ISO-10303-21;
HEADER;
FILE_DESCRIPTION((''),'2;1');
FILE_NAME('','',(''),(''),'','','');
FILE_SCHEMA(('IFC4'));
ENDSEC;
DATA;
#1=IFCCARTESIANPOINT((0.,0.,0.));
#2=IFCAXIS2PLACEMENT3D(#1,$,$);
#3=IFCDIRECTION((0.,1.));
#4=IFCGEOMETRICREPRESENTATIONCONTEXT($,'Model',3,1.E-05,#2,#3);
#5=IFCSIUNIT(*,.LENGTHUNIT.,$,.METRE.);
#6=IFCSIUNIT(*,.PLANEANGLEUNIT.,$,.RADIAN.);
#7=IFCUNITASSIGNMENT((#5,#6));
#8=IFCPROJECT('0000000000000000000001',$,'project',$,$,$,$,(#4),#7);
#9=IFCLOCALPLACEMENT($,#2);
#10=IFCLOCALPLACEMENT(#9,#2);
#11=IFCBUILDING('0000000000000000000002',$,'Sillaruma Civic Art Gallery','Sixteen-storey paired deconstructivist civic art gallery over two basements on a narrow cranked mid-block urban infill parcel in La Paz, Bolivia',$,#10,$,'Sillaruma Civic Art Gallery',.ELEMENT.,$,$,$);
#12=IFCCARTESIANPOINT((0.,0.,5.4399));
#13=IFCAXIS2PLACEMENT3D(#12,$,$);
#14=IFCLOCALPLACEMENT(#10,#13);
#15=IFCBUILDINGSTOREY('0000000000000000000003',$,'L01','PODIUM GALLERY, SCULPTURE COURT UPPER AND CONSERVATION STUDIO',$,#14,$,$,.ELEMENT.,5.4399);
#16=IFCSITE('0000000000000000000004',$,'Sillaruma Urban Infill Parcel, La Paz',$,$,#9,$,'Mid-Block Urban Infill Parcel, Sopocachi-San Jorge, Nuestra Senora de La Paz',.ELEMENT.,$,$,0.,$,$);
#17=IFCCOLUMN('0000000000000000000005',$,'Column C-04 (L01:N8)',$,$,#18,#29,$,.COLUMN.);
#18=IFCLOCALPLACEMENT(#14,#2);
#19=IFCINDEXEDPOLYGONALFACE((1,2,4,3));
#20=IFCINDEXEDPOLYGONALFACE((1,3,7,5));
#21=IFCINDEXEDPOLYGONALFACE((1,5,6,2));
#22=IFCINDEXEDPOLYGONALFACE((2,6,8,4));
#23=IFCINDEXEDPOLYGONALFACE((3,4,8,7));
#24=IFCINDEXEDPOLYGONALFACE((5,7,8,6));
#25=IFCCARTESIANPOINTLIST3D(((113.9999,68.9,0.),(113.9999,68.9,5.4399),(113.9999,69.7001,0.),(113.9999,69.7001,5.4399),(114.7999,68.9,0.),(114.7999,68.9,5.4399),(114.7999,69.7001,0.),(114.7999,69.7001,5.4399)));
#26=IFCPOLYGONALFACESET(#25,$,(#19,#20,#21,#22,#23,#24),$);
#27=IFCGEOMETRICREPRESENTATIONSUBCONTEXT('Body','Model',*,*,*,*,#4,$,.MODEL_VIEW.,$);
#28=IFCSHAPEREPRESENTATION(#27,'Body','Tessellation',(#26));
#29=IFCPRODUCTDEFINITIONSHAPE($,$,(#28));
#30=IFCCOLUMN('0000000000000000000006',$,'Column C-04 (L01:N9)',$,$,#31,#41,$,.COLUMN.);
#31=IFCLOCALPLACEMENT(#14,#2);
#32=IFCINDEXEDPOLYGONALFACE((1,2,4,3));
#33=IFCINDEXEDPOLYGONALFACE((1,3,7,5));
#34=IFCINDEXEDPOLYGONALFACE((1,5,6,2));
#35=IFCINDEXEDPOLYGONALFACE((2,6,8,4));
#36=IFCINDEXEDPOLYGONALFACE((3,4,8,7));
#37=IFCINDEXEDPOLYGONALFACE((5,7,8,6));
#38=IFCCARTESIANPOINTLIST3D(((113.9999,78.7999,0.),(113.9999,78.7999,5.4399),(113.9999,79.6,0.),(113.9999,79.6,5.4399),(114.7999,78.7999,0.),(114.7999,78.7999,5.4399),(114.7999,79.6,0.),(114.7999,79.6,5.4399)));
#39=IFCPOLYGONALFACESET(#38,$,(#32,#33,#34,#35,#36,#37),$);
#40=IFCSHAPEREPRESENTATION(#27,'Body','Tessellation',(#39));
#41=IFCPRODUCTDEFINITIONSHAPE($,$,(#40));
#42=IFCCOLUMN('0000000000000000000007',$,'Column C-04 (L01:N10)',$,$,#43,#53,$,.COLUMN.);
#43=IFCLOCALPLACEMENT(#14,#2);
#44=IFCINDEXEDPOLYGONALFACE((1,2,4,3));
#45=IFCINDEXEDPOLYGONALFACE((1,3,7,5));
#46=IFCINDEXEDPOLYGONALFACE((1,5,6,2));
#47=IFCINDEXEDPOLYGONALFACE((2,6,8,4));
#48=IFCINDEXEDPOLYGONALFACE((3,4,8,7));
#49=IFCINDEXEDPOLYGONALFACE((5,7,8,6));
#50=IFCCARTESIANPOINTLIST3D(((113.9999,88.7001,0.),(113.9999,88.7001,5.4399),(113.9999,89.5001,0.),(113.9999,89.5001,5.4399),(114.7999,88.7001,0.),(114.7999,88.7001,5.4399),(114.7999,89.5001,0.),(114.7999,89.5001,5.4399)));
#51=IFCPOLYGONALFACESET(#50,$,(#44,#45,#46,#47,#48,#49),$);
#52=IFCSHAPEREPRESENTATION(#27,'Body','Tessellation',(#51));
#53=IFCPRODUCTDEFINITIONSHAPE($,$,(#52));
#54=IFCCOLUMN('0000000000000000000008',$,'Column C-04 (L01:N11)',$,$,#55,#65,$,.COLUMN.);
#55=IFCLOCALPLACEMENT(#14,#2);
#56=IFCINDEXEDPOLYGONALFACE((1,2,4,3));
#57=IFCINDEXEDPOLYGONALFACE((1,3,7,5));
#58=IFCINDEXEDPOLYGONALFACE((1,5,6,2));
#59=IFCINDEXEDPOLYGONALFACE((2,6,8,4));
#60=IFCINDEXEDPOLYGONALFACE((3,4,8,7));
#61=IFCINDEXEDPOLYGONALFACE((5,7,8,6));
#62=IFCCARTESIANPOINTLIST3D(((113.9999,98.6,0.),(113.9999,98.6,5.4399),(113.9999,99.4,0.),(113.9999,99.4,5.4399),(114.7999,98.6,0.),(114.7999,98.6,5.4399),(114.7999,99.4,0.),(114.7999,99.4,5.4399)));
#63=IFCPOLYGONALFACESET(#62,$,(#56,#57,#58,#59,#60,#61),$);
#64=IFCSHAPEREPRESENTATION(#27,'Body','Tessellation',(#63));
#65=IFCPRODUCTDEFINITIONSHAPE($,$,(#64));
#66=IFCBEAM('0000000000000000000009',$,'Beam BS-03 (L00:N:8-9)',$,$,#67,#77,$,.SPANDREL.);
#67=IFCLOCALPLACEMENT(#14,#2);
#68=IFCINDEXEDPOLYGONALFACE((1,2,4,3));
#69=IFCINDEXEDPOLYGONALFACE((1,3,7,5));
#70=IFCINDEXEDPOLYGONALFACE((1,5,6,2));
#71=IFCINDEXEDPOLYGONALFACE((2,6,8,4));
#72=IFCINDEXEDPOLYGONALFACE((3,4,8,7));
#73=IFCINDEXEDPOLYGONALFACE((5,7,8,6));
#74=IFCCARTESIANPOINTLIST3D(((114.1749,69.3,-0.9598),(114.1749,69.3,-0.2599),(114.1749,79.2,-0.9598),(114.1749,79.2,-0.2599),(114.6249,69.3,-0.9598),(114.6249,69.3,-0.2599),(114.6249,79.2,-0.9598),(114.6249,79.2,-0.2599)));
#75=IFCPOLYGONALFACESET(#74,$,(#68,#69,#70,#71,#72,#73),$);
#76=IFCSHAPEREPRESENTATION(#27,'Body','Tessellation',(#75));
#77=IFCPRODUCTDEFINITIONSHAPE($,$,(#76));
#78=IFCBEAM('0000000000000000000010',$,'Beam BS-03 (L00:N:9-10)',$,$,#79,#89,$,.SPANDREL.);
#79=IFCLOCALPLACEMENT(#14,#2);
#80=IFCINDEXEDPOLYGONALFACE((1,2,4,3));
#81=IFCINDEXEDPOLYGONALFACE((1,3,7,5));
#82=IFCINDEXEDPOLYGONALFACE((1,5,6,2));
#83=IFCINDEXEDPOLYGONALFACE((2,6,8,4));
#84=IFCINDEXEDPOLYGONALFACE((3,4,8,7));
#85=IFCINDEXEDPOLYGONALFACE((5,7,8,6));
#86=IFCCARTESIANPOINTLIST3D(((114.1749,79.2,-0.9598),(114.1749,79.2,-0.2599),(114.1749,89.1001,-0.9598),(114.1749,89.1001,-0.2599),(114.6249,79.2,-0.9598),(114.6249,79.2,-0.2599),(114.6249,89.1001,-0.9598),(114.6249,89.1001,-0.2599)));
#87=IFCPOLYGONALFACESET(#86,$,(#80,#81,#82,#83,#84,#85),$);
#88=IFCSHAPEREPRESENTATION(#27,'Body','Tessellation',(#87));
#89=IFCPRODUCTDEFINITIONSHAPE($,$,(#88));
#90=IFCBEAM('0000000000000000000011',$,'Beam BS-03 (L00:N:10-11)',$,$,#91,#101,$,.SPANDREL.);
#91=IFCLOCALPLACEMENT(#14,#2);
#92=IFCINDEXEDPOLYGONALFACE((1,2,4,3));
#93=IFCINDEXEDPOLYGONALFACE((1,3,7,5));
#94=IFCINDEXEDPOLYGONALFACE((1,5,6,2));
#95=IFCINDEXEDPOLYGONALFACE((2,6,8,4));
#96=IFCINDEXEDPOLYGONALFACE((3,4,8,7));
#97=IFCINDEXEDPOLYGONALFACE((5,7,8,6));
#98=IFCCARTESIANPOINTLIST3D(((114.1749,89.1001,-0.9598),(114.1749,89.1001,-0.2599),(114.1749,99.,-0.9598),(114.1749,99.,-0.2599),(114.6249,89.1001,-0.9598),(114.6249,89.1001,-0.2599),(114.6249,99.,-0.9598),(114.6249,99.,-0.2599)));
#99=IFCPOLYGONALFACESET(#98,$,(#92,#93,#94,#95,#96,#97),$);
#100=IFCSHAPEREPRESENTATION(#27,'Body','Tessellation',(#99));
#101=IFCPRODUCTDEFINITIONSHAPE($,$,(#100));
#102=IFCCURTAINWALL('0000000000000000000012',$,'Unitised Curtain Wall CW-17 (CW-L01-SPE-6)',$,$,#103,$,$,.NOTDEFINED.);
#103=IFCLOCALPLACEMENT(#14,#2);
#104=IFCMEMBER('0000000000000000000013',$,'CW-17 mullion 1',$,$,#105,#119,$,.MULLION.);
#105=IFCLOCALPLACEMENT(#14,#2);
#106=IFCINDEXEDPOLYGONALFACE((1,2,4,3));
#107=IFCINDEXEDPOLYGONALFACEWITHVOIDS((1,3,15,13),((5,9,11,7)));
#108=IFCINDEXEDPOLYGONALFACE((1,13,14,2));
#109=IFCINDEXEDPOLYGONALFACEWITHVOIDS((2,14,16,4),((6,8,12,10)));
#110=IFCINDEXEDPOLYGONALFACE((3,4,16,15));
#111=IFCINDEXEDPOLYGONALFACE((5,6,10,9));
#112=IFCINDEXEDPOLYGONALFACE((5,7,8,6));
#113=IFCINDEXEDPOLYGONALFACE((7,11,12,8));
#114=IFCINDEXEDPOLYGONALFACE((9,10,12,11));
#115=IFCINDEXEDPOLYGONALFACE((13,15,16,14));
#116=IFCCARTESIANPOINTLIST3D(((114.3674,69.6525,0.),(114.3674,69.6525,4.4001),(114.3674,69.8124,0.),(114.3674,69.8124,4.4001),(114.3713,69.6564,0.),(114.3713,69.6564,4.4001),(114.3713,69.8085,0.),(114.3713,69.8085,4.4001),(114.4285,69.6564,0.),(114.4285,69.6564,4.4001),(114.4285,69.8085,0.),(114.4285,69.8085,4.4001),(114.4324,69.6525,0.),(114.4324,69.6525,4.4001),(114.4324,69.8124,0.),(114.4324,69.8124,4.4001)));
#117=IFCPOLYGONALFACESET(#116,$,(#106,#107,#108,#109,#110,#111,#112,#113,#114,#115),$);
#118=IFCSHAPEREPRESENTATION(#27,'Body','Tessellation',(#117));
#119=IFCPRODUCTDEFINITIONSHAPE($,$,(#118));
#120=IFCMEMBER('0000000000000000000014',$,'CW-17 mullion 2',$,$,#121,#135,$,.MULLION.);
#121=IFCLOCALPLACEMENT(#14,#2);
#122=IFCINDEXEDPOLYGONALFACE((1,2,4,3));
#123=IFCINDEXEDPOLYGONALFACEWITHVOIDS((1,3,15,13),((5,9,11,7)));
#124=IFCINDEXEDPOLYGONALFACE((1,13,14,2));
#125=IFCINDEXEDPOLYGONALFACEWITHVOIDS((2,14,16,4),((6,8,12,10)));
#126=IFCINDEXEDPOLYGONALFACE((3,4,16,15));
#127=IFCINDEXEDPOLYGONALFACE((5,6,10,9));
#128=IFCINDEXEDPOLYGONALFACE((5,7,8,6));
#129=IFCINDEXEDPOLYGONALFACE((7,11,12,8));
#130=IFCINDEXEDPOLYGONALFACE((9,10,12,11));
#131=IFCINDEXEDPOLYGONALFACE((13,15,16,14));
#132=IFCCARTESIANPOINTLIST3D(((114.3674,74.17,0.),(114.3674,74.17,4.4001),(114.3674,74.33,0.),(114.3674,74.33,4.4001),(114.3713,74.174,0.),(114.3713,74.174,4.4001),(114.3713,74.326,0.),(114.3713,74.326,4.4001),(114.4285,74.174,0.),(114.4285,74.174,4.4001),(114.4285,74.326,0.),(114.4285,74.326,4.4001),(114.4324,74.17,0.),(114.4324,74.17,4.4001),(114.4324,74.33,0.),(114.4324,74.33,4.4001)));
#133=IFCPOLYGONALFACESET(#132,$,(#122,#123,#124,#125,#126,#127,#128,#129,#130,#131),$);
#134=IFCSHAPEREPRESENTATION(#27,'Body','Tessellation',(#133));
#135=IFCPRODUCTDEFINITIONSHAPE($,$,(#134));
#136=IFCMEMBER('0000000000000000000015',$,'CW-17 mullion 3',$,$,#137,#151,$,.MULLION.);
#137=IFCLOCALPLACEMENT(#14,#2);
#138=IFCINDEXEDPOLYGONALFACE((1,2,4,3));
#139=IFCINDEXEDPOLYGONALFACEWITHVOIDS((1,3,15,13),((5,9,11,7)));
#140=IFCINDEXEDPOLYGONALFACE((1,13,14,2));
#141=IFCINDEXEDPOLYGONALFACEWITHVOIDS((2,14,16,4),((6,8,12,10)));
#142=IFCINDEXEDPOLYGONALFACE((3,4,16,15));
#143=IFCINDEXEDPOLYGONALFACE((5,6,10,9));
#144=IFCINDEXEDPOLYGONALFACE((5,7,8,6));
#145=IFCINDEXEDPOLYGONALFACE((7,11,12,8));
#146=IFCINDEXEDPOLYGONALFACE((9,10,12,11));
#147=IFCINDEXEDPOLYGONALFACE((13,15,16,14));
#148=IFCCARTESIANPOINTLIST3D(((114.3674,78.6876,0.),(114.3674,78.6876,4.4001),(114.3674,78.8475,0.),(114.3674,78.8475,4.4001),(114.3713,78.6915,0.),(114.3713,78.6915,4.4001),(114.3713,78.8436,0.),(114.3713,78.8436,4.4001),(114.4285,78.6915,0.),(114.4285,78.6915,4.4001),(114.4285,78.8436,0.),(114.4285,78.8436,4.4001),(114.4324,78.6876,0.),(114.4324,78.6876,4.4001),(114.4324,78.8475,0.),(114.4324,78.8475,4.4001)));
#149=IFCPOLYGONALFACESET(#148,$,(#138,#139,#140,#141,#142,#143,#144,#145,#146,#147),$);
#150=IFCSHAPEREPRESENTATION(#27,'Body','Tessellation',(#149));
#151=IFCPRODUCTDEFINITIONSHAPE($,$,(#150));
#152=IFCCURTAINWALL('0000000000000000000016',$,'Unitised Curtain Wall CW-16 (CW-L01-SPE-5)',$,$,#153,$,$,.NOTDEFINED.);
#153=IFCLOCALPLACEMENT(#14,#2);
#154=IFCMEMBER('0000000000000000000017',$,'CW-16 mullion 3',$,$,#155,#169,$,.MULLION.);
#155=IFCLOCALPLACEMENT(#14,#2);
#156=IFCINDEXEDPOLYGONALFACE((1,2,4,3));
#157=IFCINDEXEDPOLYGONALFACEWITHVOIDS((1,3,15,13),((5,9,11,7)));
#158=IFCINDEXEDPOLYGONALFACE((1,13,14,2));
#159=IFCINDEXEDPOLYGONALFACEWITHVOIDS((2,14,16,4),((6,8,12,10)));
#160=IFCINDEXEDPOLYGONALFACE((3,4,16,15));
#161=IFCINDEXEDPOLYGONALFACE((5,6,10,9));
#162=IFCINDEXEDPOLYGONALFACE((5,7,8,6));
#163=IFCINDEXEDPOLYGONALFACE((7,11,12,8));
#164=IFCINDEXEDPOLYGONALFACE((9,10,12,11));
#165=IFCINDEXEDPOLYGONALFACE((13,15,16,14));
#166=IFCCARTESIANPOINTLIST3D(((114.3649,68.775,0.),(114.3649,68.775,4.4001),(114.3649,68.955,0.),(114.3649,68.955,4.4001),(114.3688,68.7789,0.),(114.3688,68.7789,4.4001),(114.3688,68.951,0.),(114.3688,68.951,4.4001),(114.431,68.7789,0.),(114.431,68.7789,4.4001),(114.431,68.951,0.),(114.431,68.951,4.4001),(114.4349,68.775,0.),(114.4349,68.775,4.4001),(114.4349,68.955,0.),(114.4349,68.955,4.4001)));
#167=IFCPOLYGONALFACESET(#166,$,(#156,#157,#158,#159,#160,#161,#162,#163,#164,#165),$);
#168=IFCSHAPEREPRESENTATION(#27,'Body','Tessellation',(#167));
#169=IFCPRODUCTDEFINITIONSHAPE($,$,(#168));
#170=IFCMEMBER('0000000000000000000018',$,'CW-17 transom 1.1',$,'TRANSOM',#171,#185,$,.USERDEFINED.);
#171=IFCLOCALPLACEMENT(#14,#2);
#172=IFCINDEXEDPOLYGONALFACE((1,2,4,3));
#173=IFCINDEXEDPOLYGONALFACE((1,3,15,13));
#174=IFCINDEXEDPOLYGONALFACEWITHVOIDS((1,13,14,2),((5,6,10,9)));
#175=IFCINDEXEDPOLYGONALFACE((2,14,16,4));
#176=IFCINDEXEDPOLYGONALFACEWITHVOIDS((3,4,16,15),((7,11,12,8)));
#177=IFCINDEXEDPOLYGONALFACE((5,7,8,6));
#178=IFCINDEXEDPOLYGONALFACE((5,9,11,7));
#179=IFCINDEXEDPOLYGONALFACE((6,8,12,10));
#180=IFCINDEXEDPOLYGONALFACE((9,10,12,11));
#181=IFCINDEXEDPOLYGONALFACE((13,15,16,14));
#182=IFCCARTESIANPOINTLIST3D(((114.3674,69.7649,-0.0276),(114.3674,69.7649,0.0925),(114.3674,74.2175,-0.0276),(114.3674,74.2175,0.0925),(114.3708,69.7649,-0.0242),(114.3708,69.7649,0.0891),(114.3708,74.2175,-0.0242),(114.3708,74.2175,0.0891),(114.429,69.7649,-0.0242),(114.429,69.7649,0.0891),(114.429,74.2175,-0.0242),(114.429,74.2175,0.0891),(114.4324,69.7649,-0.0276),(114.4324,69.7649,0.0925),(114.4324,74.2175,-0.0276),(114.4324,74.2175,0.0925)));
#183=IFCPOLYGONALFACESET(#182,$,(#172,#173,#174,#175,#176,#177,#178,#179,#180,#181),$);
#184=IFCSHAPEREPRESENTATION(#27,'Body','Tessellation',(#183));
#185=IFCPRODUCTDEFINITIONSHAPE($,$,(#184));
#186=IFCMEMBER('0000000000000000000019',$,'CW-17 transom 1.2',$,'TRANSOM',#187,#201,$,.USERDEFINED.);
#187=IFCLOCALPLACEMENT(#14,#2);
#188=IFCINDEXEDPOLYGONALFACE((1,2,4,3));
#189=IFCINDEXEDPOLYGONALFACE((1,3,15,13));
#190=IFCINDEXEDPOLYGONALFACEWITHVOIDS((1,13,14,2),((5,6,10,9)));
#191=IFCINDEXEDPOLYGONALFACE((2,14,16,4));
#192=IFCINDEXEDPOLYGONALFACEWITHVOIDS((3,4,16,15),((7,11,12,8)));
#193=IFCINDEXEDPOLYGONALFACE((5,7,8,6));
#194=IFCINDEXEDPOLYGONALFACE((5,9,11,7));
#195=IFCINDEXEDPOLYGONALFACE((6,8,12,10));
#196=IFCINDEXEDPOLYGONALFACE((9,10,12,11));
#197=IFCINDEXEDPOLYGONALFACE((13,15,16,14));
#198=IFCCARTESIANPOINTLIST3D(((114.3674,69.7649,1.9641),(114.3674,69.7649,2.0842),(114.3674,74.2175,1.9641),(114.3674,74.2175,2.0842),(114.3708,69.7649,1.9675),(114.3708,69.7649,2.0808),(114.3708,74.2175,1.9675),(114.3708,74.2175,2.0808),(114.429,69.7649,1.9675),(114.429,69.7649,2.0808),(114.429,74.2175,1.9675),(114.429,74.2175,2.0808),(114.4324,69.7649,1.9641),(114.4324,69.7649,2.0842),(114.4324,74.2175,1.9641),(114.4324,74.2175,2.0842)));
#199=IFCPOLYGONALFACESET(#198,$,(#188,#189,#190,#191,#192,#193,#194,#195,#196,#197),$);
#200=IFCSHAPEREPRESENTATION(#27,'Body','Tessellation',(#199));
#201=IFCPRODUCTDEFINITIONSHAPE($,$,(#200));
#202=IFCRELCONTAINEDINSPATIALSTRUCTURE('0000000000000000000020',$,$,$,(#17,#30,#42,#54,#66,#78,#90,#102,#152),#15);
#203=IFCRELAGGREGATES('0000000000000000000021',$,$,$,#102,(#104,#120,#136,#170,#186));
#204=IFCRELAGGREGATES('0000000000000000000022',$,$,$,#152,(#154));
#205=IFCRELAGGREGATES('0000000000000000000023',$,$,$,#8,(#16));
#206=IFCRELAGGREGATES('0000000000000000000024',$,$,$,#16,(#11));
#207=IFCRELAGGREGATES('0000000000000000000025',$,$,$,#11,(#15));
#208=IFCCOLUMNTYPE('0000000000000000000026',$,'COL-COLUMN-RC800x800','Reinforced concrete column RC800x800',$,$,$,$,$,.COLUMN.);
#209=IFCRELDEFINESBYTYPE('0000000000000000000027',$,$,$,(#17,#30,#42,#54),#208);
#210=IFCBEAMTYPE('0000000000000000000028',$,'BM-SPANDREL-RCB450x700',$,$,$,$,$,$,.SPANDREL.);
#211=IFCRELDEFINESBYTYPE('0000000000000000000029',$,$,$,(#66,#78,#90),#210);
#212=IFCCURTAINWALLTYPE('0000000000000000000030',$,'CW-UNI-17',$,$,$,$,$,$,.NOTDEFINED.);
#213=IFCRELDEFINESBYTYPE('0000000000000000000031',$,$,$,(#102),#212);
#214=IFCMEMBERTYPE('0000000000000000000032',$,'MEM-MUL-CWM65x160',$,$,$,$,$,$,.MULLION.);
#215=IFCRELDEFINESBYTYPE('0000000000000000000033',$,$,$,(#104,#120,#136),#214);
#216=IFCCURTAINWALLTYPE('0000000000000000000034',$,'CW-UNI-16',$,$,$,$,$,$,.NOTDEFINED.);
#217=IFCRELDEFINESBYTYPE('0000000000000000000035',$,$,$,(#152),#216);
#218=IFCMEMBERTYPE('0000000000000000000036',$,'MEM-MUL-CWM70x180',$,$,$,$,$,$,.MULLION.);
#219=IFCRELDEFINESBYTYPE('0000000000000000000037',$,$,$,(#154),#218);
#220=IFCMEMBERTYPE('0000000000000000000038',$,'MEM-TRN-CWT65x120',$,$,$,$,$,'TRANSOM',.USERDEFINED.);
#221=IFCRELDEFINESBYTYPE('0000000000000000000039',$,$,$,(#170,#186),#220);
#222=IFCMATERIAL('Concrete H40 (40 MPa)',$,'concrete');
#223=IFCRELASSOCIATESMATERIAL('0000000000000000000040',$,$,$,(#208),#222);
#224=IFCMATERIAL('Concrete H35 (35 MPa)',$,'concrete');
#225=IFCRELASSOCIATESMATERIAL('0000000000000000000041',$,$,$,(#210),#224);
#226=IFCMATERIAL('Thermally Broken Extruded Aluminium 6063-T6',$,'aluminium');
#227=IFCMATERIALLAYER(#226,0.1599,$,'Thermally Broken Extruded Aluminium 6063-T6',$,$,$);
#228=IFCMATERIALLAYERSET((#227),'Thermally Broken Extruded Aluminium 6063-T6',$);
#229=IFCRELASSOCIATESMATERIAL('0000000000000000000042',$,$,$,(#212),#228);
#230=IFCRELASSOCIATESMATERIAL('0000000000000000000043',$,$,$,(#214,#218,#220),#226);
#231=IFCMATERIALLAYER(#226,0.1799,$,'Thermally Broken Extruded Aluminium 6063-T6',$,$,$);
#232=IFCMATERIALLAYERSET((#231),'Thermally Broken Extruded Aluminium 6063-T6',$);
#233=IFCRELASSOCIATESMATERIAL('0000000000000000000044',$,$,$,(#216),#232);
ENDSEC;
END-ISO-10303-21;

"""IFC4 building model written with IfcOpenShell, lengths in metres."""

from ifc_helpers import new_model, si_unit, direction, frame, origin, origin_2d, place, context, subcontext, project, spatial, rectangle, hollow_rectangle, extrude, material, layer, layer_set, material_profile, profile_set, type_object, element, aggregate, save


model = new_model("IFC4")

# Units and contexts
model_context = context("Model", 3, precision=1e-05, world=origin(), true_north=direction((0.0, 1.0)))
body_context = subcontext(model_context, "Body", "Model", "MODEL_VIEW")
ifc_project = project(units=[si_unit("LENGTHUNIT", "METRE"), si_unit("PLANEANGLEUNIT", "RADIAN")], contexts=[model_context])

# Site, building, storey
site_placement = place(None, origin())
site = spatial("IfcSite", under=ifc_project, at=site_placement, Name="Sillaruma Urban Infill Parcel, La Paz", LongName="Mid-Block Urban Infill Parcel, Sopocachi-San Jorge, Nuestra Senora de La Paz", CompositionType="ELEMENT", RefElevation=0.0)
building_placement = place(site_placement, origin())
building = spatial("IfcBuilding", under=site, at=building_placement, Name="Sillaruma Civic Art Gallery", Description="Sixteen-storey paired deconstructivist civic art gallery over two basements on a narrow cranked mid-block urban infill parcel in La Paz, Bolivia", LongName="Sillaruma Civic Art Gallery", CompositionType="ELEMENT")
storey_placement = place(building_placement, frame((0.0, 0.0, 5.4399)))
storey = spatial("IfcBuildingStorey", under=building, at=storey_placement, Name="L01", Description="PODIUM GALLERY, SCULPTURE COURT UPPER AND CONSERVATION STUDIO", CompositionType="ELEMENT", Elevation=5.4399)

# Columns
ifc_material_1 = material(Name="Concrete H40 (40 MPa)", Category="concrete")
ifc_material_profile_1 = material_profile(ifc_material_1, rectangle(XDim=0.8, YDim=0.8, at=origin_2d()), Name="RC800x800")
ifc_profile_set_1 = profile_set([ifc_material_profile_1], Name="Concrete H40 (40 MPa)")
column_type = type_object("IfcColumnType", Name="COL-COLUMN-RC800x800", Description="Reinforced concrete column RC800x800", PredefinedType="COLUMN", material=ifc_profile_set_1)
for number, where, z_axis, x_axis, name in (
    (1, (114.3999, 69.3, 0.0), (0.0, 0.0, 1.0), (1.0, 0.0, 0.0), "Column C-04 (L01:N8)"),
    (2, (114.3999, 79.2, 0.0), (0.0, 0.0, 1.0), (1.0, 0.0, 0.0), "Column C-04 (L01:N9)"),
    (3, (114.3999, 89.1001, 0.0), (0.0, 0.0, 1.0), (1.0, 0.0, 0.0), "Column C-04 (L01:N10)"),
    (4, (114.3999, 99.0, 0.0), (0.0, 0.0, 1.0), (1.0, 0.0, 0.0), "Column C-04 (L01:N11)"),
):
    element("IfcColumn", number, at=place(storey_placement, frame(where, z_axis=z_axis, x_axis=x_axis)), inside=storey, type_object=column_type, Name=name, PredefinedType="COLUMN", context=body_context, shape_type="SweptSolid", body=[
        extrude(rectangle(XDim=0.8, YDim=0.8, at=origin_2d()), origin(), (0.0, 0.0, 1.0), 5.4399),
    ])

# Beams
ifc_material_2 = material(Name="Concrete H35 (35 MPa)", Category="concrete")
ifc_material_profile_2 = material_profile(ifc_material_2, rectangle(XDim=0.45, YDim=0.7, at=origin_2d()), Name="RCB450x700")
ifc_profile_set_2 = profile_set([ifc_material_profile_2], Name="Concrete H35 (35 MPa)")
beam_type = type_object("IfcBeamType", Name="BM-SPANDREL-RCB450x700", PredefinedType="SPANDREL", material=ifc_profile_set_2)
beam_1_placement = place(storey_placement, frame((114.3999, 69.3, -0.6099), z_axis=(0.0, 1.0, 0.0), x_axis=(-1.0, 0.0, 0.0)))
element("IfcBeam", 5, at=beam_1_placement, inside=storey, type_object=beam_type, Name="Beam BS-03 (L00:N:8-9)", PredefinedType="SPANDREL", context=body_context, shape_type="SweptSolid", body=[
    extrude(rectangle(XDim=0.45, YDim=0.7, at=origin_2d()), origin(), (0.0, 0.0, 1.0), 9.8999),
])
beam_2_placement = place(storey_placement, frame((114.3999, 79.2, -0.6099), z_axis=(0.0, 1.0, 0.0), x_axis=(-1.0, 0.0, 0.0)))
element("IfcBeam", 6, at=beam_2_placement, inside=storey, type_object=beam_type, Name="Beam BS-03 (L00:N:9-10)", PredefinedType="SPANDREL", context=body_context, shape_type="SweptSolid", body=[
    extrude(rectangle(XDim=0.45, YDim=0.7, at=origin_2d()), origin(), (0.0, 0.0, 1.0), 9.9001),
])
beam_3_placement = place(storey_placement, frame((114.3999, 89.1001, -0.6099), z_axis=(0.0, 1.0, 0.0), x_axis=(-1.0, 0.0, 0.0)))
element("IfcBeam", 7, at=beam_3_placement, inside=storey, type_object=beam_type, Name="Beam BS-03 (L00:N:10-11)", PredefinedType="SPANDREL", context=body_context, shape_type="SweptSolid", body=[
    extrude(rectangle(XDim=0.45, YDim=0.7, at=origin_2d()), origin(), (0.0, 0.0, 1.0), 9.8999),
])

# Curtain wall, members
ifc_material_3 = material(Name="Thermally Broken Extruded Aluminium 6063-T6", Category="aluminium")
ifc_layer_1 = layer(ifc_material_3, 0.1599, Name="Thermally Broken Extruded Aluminium 6063-T6")
ifc_layer_set_1 = layer_set([ifc_layer_1], Name="Thermally Broken Extruded Aluminium 6063-T6")
curtain_wall_type_1 = type_object("IfcCurtainWallType", Name="CW-UNI-17", PredefinedType="NOTDEFINED", material=ifc_layer_set_1)
curtain_wall_1_placement = place(storey_placement, origin())
curtain_wall_1 = element("IfcCurtainWall", 8, at=curtain_wall_1_placement, inside=storey, type_object=curtain_wall_type_1, Name="Unitised Curtain Wall CW-17 (CW-L01-SPE-6)", PredefinedType="NOTDEFINED")
ifc_material_profile_3 = material_profile(ifc_material_3, hollow_rectangle(XDim=0.0649, YDim=0.1599, WallThickness=0.0039, at=origin_2d()), Name="CWM65x160")
ifc_profile_set_3 = profile_set([ifc_material_profile_3], Name="Thermally Broken Extruded Aluminium 6063-T6")
member_type_1 = type_object("IfcMemberType", Name="MEM-MUL-CWM65x160", PredefinedType="MULLION", material=ifc_profile_set_3)
member_1_placement = place(storey_placement, frame((114.3999, 69.7324, 0.0), z_axis=(0.0, 0.0, 1.0), x_axis=(-1.0, 0.0, 0.0)))
member_1 = element("IfcMember", 9, at=member_1_placement, type_object=member_type_1, Name="CW-17 mullion 1", PredefinedType="MULLION", context=body_context, shape_type="SweptSolid", body=[
    extrude(hollow_rectangle(XDim=0.0649, YDim=0.1599, WallThickness=0.0039, at=origin_2d()), origin(), (0.0, 0.0, 1.0), 4.4001),
])
member_2_placement = place(storey_placement, frame((114.3999, 74.25, 0.0), z_axis=(0.0, 0.0, 1.0), x_axis=(-1.0, 0.0, 0.0)))
member_2 = element("IfcMember", 10, at=member_2_placement, type_object=member_type_1, Name="CW-17 mullion 2", PredefinedType="MULLION", context=body_context, shape_type="SweptSolid", body=[
    extrude(hollow_rectangle(XDim=0.0649, YDim=0.1599, WallThickness=0.0039, at=origin_2d()), origin(), (0.0, 0.0, 1.0), 4.4001),
])
member_3_placement = place(storey_placement, frame((114.3999, 78.7676, 0.0), z_axis=(0.0, 0.0, 1.0), x_axis=(-1.0, 0.0, 0.0)))
member_3 = element("IfcMember", 11, at=member_3_placement, type_object=member_type_1, Name="CW-17 mullion 3", PredefinedType="MULLION", context=body_context, shape_type="SweptSolid", body=[
    extrude(hollow_rectangle(XDim=0.0649, YDim=0.1599, WallThickness=0.0039, at=origin_2d()), origin(), (0.0, 0.0, 1.0), 4.4001),
])

# Curtain wall, member
ifc_layer_2 = layer(ifc_material_3, 0.1799, Name="Thermally Broken Extruded Aluminium 6063-T6")
ifc_layer_set_2 = layer_set([ifc_layer_2], Name="Thermally Broken Extruded Aluminium 6063-T6")
curtain_wall_type_2 = type_object("IfcCurtainWallType", Name="CW-UNI-16", PredefinedType="NOTDEFINED", material=ifc_layer_set_2)
curtain_wall_2_placement = place(storey_placement, origin())
curtain_wall_2 = element("IfcCurtainWall", 12, at=curtain_wall_2_placement, inside=storey, type_object=curtain_wall_type_2, Name="Unitised Curtain Wall CW-16 (CW-L01-SPE-5)", PredefinedType="NOTDEFINED")
ifc_material_profile_4 = material_profile(ifc_material_3, hollow_rectangle(XDim=0.0701, YDim=0.1799, WallThickness=0.0039, at=origin_2d()), Name="CWM70x180")
ifc_profile_set_4 = profile_set([ifc_material_profile_4], Name="Thermally Broken Extruded Aluminium 6063-T6")
member_type_2 = type_object("IfcMemberType", Name="MEM-MUL-CWM70x180", PredefinedType="MULLION", material=ifc_profile_set_4)
member_4_placement = place(storey_placement, frame((114.3999, 68.865, 0.0), z_axis=(0.0, 0.0, 1.0), x_axis=(-1.0, 0.0, 0.0)))
member_4 = element("IfcMember", 13, at=member_4_placement, type_object=member_type_2, Name="CW-16 mullion 3", PredefinedType="MULLION", context=body_context, shape_type="SweptSolid", body=[
    extrude(hollow_rectangle(XDim=0.0701, YDim=0.1799, WallThickness=0.0039, at=origin_2d()), origin(), (0.0, 0.0, 1.0), 4.4001),
])

# Members
ifc_material_profile_5 = material_profile(ifc_material_3, hollow_rectangle(XDim=0.0649, YDim=0.1201, WallThickness=0.0034, at=origin_2d()), Name="CWT65x120")
ifc_profile_set_5 = profile_set([ifc_material_profile_5], Name="Thermally Broken Extruded Aluminium 6063-T6")
member_type_3 = type_object("IfcMemberType", Name="MEM-TRN-CWT65x120", ElementType="TRANSOM", PredefinedType="USERDEFINED", material=ifc_profile_set_5)
member_5_placement = place(storey_placement, frame((114.3999, 69.7649, 0.0325), z_axis=(0.0, 1.0, 0.0), x_axis=(-1.0, 0.0, 0.0)))
member_5 = element("IfcMember", 14, at=member_5_placement, type_object=member_type_3, Name="CW-17 transom 1.1", ObjectType="TRANSOM", PredefinedType="USERDEFINED", context=body_context, shape_type="SweptSolid", body=[
    extrude(hollow_rectangle(XDim=0.0649, YDim=0.1201, WallThickness=0.0034, at=origin_2d()), origin(), (0.0, 0.0, 1.0), 4.4526),
])
member_6_placement = place(storey_placement, frame((114.3999, 69.7649, 2.0242), z_axis=(0.0, 1.0, 0.0), x_axis=(-1.0, 0.0, 0.0)))
member_6 = element("IfcMember", 15, at=member_6_placement, type_object=member_type_3, Name="CW-17 transom 1.2", ObjectType="TRANSOM", PredefinedType="USERDEFINED", context=body_context, shape_type="SweptSolid", body=[
    extrude(hollow_rectangle(XDim=0.0649, YDim=0.1201, WallThickness=0.0034, at=origin_2d()), origin(), (0.0, 0.0, 1.0), 4.4526),
])

aggregate(curtain_wall_1, [member_1, member_2, member_3, member_5, member_6])
aggregate(curtain_wall_2, [member_4])

save(model, "model.ifc")
